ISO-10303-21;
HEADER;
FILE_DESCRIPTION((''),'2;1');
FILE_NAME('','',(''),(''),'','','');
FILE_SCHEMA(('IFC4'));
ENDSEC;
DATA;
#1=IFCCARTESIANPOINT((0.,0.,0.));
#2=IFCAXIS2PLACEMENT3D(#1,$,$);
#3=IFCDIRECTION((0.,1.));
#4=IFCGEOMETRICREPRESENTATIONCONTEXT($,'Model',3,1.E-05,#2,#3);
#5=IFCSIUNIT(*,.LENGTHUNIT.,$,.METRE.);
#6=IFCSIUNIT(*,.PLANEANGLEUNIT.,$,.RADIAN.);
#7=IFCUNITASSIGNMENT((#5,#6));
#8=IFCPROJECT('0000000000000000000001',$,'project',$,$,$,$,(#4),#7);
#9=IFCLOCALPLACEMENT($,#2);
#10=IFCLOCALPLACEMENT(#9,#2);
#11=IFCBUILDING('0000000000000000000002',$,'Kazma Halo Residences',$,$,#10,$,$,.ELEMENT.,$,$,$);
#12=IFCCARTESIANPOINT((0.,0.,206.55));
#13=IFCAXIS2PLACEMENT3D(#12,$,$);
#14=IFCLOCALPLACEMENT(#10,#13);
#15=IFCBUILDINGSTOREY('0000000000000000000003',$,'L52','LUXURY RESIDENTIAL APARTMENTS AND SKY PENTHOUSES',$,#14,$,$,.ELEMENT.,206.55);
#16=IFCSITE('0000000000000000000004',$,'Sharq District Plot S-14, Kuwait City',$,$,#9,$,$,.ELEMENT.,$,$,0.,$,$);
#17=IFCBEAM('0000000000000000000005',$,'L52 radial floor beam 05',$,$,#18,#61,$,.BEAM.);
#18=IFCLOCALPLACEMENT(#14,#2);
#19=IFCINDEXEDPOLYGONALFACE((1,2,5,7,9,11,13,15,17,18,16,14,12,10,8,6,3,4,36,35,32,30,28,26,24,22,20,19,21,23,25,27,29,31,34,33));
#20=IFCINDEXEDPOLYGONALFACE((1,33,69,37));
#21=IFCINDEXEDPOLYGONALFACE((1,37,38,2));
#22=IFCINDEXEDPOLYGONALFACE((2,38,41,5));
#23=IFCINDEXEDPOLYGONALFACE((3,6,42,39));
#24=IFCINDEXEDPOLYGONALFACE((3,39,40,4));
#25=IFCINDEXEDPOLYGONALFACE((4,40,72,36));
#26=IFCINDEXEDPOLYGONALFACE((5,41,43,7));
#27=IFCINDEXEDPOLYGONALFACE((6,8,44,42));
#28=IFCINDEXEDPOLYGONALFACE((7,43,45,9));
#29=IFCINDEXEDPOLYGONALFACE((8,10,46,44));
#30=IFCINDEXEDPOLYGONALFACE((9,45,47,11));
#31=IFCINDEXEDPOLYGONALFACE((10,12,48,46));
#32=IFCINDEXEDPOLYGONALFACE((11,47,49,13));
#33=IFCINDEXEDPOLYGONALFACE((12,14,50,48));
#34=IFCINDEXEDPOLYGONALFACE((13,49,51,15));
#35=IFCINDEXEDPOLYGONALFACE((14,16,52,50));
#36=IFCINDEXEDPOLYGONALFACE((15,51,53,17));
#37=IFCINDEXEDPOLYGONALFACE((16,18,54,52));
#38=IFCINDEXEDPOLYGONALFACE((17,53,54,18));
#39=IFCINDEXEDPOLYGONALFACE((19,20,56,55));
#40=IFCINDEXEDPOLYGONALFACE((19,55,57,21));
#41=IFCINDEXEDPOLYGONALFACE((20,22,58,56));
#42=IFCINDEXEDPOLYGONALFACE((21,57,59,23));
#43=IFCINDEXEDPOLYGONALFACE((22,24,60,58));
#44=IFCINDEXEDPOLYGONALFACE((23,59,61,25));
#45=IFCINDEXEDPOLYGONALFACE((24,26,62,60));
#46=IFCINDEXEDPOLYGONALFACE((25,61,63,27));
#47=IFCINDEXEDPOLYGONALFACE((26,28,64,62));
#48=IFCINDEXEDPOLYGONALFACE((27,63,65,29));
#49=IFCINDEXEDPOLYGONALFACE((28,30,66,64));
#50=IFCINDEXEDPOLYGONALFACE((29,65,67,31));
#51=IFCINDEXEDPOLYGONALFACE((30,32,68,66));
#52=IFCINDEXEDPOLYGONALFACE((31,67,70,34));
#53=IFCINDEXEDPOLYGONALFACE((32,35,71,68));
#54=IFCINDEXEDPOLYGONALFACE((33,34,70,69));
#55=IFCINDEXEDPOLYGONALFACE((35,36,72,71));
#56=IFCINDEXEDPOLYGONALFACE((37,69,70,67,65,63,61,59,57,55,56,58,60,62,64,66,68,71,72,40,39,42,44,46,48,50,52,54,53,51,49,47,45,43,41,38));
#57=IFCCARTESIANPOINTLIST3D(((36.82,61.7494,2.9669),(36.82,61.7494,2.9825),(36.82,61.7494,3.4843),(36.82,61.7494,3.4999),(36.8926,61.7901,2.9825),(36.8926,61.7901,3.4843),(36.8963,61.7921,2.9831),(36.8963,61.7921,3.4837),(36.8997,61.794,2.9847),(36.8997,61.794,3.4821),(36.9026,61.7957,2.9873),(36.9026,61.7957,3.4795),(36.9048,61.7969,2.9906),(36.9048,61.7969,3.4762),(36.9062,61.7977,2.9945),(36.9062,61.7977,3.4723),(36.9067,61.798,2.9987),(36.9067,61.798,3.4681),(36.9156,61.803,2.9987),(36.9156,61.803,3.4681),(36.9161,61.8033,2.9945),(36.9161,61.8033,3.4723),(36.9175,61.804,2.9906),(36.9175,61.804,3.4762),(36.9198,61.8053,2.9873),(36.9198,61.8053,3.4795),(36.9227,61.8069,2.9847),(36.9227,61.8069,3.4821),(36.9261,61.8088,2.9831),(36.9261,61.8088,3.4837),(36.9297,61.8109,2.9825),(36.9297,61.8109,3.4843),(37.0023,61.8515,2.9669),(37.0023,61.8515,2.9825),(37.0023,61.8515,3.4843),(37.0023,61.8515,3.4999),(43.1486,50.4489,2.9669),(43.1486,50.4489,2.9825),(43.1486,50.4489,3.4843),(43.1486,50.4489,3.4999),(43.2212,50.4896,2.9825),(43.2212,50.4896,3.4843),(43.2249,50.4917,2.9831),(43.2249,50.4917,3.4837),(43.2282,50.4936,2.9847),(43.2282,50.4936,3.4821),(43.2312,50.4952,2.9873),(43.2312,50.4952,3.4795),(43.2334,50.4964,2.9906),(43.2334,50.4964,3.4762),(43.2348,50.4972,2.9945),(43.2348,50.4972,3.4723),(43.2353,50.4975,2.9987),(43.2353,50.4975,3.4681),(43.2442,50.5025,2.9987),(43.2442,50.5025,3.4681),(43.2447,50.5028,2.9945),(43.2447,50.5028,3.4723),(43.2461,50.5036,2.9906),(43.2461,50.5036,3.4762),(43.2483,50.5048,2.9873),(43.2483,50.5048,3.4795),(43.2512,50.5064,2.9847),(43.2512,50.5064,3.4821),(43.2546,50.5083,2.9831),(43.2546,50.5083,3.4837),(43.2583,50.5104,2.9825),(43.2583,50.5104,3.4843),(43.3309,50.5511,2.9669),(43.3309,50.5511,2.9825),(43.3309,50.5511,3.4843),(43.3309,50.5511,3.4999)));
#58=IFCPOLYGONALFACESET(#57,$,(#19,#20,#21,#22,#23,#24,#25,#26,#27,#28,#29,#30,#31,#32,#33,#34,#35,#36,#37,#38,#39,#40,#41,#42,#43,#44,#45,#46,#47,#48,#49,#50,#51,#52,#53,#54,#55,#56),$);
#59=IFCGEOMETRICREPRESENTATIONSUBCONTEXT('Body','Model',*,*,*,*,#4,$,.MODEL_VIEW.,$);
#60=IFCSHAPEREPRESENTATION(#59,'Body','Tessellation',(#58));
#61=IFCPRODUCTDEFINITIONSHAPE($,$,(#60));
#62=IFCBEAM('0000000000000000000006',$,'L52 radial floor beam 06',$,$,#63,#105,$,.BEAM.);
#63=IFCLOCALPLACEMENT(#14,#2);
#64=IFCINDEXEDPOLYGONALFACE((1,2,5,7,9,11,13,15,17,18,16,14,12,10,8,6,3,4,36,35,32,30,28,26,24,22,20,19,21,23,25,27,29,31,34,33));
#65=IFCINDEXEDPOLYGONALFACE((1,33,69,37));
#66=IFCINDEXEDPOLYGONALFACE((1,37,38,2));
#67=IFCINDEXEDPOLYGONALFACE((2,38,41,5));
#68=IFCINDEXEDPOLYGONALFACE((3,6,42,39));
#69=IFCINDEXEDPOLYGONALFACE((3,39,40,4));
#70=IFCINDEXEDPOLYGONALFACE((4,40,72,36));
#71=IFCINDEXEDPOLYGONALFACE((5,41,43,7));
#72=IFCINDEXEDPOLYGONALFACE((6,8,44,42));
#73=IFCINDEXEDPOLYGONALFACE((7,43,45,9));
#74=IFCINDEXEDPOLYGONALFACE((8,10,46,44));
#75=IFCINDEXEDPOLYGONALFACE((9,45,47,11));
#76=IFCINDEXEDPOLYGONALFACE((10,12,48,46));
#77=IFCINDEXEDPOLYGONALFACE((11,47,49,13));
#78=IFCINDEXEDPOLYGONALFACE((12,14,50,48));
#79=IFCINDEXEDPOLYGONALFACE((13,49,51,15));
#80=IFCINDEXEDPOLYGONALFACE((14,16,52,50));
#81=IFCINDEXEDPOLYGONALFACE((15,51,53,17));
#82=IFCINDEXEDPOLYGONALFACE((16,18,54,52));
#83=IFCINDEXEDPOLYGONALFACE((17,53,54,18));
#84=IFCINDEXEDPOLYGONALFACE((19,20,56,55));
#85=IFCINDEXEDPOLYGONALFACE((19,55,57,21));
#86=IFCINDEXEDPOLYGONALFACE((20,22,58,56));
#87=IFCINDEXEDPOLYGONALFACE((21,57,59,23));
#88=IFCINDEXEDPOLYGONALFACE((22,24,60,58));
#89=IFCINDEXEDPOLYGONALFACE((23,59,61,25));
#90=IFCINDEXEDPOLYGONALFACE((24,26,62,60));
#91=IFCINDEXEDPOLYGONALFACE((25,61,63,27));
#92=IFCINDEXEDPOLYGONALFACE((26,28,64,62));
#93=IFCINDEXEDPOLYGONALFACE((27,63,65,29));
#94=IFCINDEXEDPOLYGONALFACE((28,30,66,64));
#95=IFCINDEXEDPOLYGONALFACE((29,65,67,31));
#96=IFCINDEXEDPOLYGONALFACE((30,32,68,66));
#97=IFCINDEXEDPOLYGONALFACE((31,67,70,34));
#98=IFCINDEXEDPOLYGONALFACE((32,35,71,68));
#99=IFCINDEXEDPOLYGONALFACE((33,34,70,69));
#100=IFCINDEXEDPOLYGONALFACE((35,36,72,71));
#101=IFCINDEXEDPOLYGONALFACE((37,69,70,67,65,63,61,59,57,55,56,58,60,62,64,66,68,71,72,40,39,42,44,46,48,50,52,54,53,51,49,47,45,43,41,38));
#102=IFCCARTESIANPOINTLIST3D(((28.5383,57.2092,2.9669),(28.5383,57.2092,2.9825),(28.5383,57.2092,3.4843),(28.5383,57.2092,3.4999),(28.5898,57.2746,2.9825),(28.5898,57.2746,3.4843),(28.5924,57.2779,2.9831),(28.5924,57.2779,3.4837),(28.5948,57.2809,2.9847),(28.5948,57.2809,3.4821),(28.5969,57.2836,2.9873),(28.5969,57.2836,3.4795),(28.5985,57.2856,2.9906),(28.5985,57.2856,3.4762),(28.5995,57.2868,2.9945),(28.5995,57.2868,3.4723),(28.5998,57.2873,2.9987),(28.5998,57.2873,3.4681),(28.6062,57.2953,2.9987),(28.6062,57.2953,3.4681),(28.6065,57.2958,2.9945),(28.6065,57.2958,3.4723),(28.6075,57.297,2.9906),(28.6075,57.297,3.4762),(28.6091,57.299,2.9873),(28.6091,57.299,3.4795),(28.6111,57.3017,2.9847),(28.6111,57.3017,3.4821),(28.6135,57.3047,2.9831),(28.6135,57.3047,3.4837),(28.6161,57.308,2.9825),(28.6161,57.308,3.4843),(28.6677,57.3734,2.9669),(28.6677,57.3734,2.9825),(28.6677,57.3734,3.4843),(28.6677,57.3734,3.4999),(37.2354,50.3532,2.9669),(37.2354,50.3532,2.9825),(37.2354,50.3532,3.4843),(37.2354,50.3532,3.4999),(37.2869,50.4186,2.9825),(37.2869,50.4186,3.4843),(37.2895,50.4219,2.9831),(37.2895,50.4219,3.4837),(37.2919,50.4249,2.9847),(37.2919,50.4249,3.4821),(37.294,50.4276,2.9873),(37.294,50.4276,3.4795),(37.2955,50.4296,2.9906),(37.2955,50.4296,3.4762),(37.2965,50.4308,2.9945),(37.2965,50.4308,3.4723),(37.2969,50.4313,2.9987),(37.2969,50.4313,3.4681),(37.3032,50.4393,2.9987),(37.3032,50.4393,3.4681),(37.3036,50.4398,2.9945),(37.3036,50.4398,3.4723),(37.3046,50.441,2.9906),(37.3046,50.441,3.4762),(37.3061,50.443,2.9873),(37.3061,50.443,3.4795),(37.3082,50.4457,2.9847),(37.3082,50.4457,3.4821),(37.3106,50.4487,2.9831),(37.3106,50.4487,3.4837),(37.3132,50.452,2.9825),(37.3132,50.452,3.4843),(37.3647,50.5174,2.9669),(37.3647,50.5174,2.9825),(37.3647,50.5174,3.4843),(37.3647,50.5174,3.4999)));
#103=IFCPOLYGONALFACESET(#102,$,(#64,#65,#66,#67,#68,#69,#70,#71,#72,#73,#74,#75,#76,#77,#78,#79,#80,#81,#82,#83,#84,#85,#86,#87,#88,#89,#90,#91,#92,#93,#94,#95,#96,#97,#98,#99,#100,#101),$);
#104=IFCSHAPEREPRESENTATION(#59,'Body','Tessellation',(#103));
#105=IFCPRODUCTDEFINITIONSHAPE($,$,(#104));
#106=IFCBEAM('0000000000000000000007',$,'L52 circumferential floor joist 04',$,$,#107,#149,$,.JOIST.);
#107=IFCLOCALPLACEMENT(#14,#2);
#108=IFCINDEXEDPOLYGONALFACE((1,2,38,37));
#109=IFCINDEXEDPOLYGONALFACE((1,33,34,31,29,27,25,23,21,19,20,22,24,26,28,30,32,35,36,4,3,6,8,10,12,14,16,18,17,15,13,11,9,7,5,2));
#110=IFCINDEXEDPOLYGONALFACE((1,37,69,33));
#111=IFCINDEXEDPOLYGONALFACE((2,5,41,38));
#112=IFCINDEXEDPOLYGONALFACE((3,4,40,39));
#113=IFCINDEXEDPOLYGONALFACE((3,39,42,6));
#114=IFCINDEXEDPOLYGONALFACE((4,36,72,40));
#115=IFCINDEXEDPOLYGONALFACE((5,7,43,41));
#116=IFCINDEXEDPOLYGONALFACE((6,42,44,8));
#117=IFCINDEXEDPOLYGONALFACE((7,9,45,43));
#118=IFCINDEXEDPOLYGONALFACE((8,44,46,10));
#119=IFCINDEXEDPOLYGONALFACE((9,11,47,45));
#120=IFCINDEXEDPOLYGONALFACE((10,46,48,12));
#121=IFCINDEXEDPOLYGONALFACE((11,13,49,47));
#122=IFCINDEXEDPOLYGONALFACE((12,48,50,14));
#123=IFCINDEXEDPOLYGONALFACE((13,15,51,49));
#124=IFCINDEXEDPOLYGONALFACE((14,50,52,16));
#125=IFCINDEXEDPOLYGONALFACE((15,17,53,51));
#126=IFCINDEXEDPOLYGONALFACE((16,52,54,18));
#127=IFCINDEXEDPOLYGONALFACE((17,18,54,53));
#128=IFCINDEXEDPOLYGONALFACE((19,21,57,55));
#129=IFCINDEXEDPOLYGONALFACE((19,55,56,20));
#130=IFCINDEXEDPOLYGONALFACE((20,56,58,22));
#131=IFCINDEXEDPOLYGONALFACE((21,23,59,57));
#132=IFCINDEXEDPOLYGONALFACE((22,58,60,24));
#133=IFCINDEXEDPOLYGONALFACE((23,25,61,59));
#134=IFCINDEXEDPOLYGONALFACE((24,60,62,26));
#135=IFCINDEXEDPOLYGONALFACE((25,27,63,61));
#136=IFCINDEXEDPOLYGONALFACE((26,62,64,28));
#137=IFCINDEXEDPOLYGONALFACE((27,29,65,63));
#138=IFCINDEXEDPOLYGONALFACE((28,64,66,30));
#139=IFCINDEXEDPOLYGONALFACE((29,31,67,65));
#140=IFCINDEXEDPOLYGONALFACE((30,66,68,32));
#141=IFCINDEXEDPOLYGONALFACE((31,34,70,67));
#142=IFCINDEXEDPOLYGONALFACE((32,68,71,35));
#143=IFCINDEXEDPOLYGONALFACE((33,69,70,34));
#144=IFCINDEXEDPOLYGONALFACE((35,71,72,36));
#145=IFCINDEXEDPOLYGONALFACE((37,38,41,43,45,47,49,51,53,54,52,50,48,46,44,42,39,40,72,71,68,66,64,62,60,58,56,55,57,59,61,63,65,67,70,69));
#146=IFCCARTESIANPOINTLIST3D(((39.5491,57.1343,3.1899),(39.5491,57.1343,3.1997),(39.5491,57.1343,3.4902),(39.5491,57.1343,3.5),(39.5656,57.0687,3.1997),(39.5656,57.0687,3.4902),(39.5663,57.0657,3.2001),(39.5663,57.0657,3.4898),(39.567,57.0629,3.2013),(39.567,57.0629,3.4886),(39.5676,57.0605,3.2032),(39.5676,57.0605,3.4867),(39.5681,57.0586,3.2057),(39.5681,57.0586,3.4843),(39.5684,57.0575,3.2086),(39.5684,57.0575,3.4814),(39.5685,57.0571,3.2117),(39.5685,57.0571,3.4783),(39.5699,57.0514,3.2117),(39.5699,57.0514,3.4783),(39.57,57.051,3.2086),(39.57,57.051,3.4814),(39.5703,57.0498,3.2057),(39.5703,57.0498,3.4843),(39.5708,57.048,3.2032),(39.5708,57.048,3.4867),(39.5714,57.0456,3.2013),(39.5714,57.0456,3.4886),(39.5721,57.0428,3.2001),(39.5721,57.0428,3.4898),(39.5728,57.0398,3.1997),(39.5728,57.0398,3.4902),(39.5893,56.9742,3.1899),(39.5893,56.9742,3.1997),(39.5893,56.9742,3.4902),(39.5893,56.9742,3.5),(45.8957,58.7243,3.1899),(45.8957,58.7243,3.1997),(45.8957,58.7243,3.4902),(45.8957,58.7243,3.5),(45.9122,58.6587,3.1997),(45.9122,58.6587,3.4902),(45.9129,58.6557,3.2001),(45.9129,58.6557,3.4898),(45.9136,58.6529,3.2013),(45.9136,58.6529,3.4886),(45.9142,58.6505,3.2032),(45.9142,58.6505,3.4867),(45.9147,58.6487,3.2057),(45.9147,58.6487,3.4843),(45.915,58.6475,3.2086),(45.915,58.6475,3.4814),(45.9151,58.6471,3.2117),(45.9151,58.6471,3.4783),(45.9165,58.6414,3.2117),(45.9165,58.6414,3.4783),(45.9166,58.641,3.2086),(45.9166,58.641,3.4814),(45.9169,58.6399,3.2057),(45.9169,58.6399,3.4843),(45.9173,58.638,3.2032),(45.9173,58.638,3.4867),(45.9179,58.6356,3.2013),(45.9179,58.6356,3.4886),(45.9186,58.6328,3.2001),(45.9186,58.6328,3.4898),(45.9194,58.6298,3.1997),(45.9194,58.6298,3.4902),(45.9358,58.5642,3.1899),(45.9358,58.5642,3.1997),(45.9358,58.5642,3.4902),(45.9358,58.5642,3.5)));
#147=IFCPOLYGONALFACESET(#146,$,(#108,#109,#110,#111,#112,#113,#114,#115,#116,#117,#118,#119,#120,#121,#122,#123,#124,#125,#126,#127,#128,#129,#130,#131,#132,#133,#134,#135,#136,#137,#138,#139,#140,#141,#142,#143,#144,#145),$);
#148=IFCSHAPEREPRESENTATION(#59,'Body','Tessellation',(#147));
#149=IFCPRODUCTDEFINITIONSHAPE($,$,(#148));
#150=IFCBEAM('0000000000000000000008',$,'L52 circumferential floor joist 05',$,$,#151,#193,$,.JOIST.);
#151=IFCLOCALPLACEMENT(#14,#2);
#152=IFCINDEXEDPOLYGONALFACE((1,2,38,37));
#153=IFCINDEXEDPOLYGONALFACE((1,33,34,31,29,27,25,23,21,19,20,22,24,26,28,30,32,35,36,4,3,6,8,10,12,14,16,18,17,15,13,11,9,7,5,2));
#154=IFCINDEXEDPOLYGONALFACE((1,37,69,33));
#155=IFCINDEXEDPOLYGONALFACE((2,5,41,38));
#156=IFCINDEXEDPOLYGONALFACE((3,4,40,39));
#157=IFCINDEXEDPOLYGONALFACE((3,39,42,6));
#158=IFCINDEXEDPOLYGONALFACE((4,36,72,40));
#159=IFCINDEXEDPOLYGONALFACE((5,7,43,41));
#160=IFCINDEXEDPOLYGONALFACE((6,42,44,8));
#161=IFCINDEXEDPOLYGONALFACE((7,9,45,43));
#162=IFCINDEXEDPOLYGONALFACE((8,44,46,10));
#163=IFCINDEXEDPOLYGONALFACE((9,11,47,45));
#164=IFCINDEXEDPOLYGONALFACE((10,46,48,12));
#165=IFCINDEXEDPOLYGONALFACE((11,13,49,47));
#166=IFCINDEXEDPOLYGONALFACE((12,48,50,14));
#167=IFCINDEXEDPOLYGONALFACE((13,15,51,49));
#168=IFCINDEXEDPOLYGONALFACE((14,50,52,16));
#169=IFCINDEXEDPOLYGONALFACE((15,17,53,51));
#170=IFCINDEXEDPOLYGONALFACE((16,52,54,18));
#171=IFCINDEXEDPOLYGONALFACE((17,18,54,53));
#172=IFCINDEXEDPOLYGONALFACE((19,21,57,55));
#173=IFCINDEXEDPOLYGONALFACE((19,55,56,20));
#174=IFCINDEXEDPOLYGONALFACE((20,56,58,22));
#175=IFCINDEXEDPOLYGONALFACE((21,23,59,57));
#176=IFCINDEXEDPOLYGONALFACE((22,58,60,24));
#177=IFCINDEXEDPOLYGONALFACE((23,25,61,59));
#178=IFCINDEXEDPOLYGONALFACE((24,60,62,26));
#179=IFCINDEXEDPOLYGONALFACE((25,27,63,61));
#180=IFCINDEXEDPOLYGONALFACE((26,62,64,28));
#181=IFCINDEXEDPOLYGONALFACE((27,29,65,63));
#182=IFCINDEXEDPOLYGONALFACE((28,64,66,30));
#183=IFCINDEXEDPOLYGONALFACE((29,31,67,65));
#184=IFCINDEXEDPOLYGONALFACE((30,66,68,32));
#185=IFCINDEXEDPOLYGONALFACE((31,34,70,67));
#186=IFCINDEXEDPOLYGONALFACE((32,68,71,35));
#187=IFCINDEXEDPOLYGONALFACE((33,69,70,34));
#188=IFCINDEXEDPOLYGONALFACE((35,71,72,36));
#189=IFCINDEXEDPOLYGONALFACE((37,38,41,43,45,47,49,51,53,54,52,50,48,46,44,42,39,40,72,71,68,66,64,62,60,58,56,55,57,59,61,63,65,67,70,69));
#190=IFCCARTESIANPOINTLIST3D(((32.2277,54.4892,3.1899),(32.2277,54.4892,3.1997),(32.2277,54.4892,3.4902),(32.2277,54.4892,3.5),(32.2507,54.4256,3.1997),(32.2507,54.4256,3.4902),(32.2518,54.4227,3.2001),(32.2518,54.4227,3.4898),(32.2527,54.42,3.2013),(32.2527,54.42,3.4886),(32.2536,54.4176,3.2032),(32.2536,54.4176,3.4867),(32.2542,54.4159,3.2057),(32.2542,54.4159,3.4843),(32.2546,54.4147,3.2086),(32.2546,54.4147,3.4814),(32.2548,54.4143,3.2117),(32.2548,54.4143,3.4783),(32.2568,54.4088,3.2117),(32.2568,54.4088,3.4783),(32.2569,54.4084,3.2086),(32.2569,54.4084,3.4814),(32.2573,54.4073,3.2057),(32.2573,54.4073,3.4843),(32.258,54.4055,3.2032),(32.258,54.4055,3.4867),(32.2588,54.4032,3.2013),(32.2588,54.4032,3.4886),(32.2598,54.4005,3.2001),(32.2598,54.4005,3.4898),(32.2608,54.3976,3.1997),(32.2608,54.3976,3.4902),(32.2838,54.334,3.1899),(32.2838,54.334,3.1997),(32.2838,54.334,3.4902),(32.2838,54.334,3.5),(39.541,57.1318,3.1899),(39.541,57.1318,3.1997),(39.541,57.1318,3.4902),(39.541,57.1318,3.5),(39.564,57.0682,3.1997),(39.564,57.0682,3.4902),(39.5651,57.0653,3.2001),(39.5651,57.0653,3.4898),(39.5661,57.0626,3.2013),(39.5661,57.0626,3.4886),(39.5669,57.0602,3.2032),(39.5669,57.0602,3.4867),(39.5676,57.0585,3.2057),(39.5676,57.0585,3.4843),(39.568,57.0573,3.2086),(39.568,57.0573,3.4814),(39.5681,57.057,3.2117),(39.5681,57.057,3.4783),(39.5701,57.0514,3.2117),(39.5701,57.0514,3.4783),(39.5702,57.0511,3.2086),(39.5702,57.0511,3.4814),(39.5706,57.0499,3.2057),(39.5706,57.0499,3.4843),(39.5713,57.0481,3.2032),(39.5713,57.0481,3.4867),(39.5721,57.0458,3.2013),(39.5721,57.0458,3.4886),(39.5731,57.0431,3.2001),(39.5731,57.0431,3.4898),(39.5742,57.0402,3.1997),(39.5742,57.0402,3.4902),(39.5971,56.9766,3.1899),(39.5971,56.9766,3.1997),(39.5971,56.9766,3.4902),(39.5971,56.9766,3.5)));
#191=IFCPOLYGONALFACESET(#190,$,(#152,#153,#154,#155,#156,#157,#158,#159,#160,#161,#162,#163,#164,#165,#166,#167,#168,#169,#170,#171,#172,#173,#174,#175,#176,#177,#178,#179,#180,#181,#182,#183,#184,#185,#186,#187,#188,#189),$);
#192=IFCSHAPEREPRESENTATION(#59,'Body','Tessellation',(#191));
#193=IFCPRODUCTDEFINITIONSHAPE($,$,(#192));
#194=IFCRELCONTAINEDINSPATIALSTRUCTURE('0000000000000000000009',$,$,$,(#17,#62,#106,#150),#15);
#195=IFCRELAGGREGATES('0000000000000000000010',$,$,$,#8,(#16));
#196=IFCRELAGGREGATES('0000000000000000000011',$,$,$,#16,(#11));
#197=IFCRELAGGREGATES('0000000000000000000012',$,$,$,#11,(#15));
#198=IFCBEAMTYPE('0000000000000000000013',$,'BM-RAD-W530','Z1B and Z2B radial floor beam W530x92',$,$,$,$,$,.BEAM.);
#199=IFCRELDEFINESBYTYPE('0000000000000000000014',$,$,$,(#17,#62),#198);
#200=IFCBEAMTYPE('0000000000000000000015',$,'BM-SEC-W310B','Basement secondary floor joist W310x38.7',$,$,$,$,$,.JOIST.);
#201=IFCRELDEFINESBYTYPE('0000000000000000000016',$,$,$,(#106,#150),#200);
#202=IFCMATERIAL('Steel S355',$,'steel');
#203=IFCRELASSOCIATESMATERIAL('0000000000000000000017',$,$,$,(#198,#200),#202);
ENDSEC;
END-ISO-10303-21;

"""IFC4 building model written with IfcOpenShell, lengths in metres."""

from ifc_helpers import new_model, si_unit, direction, frame, origin, origin_2d, place, context, subcontext, project, spatial, i_section, extrude, material, material_profile, profile_set, type_object, element, save


model = new_model("IFC4")

# Units and contexts
model_context = context("Model", 3, precision=1e-05, world=origin(), true_north=direction((0.0, 1.0)))
body_context = subcontext(model_context, "Body", "Model", "MODEL_VIEW")
ifc_project = project(units=[si_unit("LENGTHUNIT", "METRE"), si_unit("PLANEANGLEUNIT", "RADIAN")], contexts=[model_context])

# Site, building, storey
site_placement = place(None, origin())
site = spatial("IfcSite", under=ifc_project, at=site_placement, Name="Sharq District Plot S-14, Kuwait City", CompositionType="ELEMENT", RefElevation=0.0)
building_placement = place(site_placement, origin())
building = spatial("IfcBuilding", under=site, at=building_placement, Name="Kazma Halo Residences", CompositionType="ELEMENT")
storey_placement = place(building_placement, frame((0.0, 0.0, 206.55)))
storey = spatial("IfcBuildingStorey", under=building, at=storey_placement, Name="L52", Description="LUXURY RESIDENTIAL APARTMENTS AND SKY PENTHOUSES", CompositionType="ELEMENT", Elevation=206.55)

# Beams
ifc_material_1 = material(Name="Steel S355", Category="steel")
ifc_material_profile_1 = material_profile(ifc_material_1, i_section(OverallWidth=0.209, OverallDepth=0.533, WebThickness=0.0103, FlangeThickness=0.0156, FilletRadius=0.0161, at=origin_2d()), Name="W530x92")
ifc_profile_set_1 = profile_set([ifc_material_profile_1], Name="Steel S355")
beam_type_1 = type_object("IfcBeamType", Name="BM-RAD-W530", Description="Z1B and Z2B radial floor beam W530x92", PredefinedType="BEAM", material=ifc_profile_set_1)
beam_1_placement = place(storey_placement, frame((43.2397, 50.5, 3.2334), z_axis=(-0.488622, 0.872496, 0.0), x_axis=(-0.872496, -0.488622, 0.0)))
element("IfcBeam", 1, at=beam_1_placement, inside=storey, type_object=beam_type_1, Name="L52 radial floor beam 05", PredefinedType="BEAM", context=body_context, shape_type="SweptSolid", body=[
    extrude(i_section(OverallWidth=0.209, OverallDepth=0.533, WebThickness=0.0103, FlangeThickness=0.0156, FilletRadius=0.0161, at=origin_2d()), origin(), (0.0, 0.0, 1.0), 12.9519),
])
beam_2_placement = place(storey_placement, frame((37.3, 50.4353, 3.2334), z_axis=(-0.785327, 0.619082, 0.0), x_axis=(-0.619082, -0.785327, 0.0)))
element("IfcBeam", 2, at=beam_2_placement, inside=storey, type_object=beam_type_1, Name="L52 radial floor beam 06", PredefinedType="BEAM", context=body_context, shape_type="SweptSolid", body=[
    extrude(i_section(OverallWidth=0.209, OverallDepth=0.533, WebThickness=0.0103, FlangeThickness=0.0156, FilletRadius=0.0161, at=origin_2d()), origin(), (0.0, 0.0, 1.0), 11.0745),
])
ifc_material_profile_2 = material_profile(ifc_material_1, i_section(OverallWidth=0.165, OverallDepth=0.3101, WebThickness=0.0059, FlangeThickness=0.0098, FilletRadius=0.012, at=origin_2d()), Name="W310x38.7")
ifc_profile_set_2 = profile_set([ifc_material_profile_2], Name="Steel S355")
beam_type_2 = type_object("IfcBeamType", Name="BM-SEC-W310B", Description="Basement secondary floor joist W310x38.7", PredefinedType="JOIST", material=ifc_profile_set_2)
beam_3_placement = place(storey_placement, frame((45.9158, 58.6443, 3.345), z_axis=(-0.970019, -0.243027, 0.0), x_axis=(0.243027, -0.970019, 0.0)))
element("IfcBeam", 3, at=beam_3_placement, inside=storey, type_object=beam_type_2, Name="L52 circumferential floor joist 04", PredefinedType="JOIST", context=body_context, shape_type="SweptSolid", body=[
    extrude(i_section(OverallWidth=0.165, OverallDepth=0.3101, WebThickness=0.0059, FlangeThickness=0.0098, FilletRadius=0.012, at=origin_2d()), origin(), (0.0, 0.0, 1.0), 6.5427),
])
beam_4_placement = place(storey_placement, frame((39.5691, 57.0542, 3.345), z_axis=(-0.940485, -0.339837, 0.0), x_axis=(0.339837, -0.940485, 0.0)))
element("IfcBeam", 4, at=beam_4_placement, inside=storey, type_object=beam_type_2, Name="L52 circumferential floor joist 05", PredefinedType="JOIST", context=body_context, shape_type="SweptSolid", body=[
    extrude(i_section(OverallWidth=0.165, OverallDepth=0.3101, WebThickness=0.0059, FlangeThickness=0.0098, FilletRadius=0.012, at=origin_2d()), origin(), (0.0, 0.0, 1.0), 7.7761),
])

save(model, "model.ifc")
